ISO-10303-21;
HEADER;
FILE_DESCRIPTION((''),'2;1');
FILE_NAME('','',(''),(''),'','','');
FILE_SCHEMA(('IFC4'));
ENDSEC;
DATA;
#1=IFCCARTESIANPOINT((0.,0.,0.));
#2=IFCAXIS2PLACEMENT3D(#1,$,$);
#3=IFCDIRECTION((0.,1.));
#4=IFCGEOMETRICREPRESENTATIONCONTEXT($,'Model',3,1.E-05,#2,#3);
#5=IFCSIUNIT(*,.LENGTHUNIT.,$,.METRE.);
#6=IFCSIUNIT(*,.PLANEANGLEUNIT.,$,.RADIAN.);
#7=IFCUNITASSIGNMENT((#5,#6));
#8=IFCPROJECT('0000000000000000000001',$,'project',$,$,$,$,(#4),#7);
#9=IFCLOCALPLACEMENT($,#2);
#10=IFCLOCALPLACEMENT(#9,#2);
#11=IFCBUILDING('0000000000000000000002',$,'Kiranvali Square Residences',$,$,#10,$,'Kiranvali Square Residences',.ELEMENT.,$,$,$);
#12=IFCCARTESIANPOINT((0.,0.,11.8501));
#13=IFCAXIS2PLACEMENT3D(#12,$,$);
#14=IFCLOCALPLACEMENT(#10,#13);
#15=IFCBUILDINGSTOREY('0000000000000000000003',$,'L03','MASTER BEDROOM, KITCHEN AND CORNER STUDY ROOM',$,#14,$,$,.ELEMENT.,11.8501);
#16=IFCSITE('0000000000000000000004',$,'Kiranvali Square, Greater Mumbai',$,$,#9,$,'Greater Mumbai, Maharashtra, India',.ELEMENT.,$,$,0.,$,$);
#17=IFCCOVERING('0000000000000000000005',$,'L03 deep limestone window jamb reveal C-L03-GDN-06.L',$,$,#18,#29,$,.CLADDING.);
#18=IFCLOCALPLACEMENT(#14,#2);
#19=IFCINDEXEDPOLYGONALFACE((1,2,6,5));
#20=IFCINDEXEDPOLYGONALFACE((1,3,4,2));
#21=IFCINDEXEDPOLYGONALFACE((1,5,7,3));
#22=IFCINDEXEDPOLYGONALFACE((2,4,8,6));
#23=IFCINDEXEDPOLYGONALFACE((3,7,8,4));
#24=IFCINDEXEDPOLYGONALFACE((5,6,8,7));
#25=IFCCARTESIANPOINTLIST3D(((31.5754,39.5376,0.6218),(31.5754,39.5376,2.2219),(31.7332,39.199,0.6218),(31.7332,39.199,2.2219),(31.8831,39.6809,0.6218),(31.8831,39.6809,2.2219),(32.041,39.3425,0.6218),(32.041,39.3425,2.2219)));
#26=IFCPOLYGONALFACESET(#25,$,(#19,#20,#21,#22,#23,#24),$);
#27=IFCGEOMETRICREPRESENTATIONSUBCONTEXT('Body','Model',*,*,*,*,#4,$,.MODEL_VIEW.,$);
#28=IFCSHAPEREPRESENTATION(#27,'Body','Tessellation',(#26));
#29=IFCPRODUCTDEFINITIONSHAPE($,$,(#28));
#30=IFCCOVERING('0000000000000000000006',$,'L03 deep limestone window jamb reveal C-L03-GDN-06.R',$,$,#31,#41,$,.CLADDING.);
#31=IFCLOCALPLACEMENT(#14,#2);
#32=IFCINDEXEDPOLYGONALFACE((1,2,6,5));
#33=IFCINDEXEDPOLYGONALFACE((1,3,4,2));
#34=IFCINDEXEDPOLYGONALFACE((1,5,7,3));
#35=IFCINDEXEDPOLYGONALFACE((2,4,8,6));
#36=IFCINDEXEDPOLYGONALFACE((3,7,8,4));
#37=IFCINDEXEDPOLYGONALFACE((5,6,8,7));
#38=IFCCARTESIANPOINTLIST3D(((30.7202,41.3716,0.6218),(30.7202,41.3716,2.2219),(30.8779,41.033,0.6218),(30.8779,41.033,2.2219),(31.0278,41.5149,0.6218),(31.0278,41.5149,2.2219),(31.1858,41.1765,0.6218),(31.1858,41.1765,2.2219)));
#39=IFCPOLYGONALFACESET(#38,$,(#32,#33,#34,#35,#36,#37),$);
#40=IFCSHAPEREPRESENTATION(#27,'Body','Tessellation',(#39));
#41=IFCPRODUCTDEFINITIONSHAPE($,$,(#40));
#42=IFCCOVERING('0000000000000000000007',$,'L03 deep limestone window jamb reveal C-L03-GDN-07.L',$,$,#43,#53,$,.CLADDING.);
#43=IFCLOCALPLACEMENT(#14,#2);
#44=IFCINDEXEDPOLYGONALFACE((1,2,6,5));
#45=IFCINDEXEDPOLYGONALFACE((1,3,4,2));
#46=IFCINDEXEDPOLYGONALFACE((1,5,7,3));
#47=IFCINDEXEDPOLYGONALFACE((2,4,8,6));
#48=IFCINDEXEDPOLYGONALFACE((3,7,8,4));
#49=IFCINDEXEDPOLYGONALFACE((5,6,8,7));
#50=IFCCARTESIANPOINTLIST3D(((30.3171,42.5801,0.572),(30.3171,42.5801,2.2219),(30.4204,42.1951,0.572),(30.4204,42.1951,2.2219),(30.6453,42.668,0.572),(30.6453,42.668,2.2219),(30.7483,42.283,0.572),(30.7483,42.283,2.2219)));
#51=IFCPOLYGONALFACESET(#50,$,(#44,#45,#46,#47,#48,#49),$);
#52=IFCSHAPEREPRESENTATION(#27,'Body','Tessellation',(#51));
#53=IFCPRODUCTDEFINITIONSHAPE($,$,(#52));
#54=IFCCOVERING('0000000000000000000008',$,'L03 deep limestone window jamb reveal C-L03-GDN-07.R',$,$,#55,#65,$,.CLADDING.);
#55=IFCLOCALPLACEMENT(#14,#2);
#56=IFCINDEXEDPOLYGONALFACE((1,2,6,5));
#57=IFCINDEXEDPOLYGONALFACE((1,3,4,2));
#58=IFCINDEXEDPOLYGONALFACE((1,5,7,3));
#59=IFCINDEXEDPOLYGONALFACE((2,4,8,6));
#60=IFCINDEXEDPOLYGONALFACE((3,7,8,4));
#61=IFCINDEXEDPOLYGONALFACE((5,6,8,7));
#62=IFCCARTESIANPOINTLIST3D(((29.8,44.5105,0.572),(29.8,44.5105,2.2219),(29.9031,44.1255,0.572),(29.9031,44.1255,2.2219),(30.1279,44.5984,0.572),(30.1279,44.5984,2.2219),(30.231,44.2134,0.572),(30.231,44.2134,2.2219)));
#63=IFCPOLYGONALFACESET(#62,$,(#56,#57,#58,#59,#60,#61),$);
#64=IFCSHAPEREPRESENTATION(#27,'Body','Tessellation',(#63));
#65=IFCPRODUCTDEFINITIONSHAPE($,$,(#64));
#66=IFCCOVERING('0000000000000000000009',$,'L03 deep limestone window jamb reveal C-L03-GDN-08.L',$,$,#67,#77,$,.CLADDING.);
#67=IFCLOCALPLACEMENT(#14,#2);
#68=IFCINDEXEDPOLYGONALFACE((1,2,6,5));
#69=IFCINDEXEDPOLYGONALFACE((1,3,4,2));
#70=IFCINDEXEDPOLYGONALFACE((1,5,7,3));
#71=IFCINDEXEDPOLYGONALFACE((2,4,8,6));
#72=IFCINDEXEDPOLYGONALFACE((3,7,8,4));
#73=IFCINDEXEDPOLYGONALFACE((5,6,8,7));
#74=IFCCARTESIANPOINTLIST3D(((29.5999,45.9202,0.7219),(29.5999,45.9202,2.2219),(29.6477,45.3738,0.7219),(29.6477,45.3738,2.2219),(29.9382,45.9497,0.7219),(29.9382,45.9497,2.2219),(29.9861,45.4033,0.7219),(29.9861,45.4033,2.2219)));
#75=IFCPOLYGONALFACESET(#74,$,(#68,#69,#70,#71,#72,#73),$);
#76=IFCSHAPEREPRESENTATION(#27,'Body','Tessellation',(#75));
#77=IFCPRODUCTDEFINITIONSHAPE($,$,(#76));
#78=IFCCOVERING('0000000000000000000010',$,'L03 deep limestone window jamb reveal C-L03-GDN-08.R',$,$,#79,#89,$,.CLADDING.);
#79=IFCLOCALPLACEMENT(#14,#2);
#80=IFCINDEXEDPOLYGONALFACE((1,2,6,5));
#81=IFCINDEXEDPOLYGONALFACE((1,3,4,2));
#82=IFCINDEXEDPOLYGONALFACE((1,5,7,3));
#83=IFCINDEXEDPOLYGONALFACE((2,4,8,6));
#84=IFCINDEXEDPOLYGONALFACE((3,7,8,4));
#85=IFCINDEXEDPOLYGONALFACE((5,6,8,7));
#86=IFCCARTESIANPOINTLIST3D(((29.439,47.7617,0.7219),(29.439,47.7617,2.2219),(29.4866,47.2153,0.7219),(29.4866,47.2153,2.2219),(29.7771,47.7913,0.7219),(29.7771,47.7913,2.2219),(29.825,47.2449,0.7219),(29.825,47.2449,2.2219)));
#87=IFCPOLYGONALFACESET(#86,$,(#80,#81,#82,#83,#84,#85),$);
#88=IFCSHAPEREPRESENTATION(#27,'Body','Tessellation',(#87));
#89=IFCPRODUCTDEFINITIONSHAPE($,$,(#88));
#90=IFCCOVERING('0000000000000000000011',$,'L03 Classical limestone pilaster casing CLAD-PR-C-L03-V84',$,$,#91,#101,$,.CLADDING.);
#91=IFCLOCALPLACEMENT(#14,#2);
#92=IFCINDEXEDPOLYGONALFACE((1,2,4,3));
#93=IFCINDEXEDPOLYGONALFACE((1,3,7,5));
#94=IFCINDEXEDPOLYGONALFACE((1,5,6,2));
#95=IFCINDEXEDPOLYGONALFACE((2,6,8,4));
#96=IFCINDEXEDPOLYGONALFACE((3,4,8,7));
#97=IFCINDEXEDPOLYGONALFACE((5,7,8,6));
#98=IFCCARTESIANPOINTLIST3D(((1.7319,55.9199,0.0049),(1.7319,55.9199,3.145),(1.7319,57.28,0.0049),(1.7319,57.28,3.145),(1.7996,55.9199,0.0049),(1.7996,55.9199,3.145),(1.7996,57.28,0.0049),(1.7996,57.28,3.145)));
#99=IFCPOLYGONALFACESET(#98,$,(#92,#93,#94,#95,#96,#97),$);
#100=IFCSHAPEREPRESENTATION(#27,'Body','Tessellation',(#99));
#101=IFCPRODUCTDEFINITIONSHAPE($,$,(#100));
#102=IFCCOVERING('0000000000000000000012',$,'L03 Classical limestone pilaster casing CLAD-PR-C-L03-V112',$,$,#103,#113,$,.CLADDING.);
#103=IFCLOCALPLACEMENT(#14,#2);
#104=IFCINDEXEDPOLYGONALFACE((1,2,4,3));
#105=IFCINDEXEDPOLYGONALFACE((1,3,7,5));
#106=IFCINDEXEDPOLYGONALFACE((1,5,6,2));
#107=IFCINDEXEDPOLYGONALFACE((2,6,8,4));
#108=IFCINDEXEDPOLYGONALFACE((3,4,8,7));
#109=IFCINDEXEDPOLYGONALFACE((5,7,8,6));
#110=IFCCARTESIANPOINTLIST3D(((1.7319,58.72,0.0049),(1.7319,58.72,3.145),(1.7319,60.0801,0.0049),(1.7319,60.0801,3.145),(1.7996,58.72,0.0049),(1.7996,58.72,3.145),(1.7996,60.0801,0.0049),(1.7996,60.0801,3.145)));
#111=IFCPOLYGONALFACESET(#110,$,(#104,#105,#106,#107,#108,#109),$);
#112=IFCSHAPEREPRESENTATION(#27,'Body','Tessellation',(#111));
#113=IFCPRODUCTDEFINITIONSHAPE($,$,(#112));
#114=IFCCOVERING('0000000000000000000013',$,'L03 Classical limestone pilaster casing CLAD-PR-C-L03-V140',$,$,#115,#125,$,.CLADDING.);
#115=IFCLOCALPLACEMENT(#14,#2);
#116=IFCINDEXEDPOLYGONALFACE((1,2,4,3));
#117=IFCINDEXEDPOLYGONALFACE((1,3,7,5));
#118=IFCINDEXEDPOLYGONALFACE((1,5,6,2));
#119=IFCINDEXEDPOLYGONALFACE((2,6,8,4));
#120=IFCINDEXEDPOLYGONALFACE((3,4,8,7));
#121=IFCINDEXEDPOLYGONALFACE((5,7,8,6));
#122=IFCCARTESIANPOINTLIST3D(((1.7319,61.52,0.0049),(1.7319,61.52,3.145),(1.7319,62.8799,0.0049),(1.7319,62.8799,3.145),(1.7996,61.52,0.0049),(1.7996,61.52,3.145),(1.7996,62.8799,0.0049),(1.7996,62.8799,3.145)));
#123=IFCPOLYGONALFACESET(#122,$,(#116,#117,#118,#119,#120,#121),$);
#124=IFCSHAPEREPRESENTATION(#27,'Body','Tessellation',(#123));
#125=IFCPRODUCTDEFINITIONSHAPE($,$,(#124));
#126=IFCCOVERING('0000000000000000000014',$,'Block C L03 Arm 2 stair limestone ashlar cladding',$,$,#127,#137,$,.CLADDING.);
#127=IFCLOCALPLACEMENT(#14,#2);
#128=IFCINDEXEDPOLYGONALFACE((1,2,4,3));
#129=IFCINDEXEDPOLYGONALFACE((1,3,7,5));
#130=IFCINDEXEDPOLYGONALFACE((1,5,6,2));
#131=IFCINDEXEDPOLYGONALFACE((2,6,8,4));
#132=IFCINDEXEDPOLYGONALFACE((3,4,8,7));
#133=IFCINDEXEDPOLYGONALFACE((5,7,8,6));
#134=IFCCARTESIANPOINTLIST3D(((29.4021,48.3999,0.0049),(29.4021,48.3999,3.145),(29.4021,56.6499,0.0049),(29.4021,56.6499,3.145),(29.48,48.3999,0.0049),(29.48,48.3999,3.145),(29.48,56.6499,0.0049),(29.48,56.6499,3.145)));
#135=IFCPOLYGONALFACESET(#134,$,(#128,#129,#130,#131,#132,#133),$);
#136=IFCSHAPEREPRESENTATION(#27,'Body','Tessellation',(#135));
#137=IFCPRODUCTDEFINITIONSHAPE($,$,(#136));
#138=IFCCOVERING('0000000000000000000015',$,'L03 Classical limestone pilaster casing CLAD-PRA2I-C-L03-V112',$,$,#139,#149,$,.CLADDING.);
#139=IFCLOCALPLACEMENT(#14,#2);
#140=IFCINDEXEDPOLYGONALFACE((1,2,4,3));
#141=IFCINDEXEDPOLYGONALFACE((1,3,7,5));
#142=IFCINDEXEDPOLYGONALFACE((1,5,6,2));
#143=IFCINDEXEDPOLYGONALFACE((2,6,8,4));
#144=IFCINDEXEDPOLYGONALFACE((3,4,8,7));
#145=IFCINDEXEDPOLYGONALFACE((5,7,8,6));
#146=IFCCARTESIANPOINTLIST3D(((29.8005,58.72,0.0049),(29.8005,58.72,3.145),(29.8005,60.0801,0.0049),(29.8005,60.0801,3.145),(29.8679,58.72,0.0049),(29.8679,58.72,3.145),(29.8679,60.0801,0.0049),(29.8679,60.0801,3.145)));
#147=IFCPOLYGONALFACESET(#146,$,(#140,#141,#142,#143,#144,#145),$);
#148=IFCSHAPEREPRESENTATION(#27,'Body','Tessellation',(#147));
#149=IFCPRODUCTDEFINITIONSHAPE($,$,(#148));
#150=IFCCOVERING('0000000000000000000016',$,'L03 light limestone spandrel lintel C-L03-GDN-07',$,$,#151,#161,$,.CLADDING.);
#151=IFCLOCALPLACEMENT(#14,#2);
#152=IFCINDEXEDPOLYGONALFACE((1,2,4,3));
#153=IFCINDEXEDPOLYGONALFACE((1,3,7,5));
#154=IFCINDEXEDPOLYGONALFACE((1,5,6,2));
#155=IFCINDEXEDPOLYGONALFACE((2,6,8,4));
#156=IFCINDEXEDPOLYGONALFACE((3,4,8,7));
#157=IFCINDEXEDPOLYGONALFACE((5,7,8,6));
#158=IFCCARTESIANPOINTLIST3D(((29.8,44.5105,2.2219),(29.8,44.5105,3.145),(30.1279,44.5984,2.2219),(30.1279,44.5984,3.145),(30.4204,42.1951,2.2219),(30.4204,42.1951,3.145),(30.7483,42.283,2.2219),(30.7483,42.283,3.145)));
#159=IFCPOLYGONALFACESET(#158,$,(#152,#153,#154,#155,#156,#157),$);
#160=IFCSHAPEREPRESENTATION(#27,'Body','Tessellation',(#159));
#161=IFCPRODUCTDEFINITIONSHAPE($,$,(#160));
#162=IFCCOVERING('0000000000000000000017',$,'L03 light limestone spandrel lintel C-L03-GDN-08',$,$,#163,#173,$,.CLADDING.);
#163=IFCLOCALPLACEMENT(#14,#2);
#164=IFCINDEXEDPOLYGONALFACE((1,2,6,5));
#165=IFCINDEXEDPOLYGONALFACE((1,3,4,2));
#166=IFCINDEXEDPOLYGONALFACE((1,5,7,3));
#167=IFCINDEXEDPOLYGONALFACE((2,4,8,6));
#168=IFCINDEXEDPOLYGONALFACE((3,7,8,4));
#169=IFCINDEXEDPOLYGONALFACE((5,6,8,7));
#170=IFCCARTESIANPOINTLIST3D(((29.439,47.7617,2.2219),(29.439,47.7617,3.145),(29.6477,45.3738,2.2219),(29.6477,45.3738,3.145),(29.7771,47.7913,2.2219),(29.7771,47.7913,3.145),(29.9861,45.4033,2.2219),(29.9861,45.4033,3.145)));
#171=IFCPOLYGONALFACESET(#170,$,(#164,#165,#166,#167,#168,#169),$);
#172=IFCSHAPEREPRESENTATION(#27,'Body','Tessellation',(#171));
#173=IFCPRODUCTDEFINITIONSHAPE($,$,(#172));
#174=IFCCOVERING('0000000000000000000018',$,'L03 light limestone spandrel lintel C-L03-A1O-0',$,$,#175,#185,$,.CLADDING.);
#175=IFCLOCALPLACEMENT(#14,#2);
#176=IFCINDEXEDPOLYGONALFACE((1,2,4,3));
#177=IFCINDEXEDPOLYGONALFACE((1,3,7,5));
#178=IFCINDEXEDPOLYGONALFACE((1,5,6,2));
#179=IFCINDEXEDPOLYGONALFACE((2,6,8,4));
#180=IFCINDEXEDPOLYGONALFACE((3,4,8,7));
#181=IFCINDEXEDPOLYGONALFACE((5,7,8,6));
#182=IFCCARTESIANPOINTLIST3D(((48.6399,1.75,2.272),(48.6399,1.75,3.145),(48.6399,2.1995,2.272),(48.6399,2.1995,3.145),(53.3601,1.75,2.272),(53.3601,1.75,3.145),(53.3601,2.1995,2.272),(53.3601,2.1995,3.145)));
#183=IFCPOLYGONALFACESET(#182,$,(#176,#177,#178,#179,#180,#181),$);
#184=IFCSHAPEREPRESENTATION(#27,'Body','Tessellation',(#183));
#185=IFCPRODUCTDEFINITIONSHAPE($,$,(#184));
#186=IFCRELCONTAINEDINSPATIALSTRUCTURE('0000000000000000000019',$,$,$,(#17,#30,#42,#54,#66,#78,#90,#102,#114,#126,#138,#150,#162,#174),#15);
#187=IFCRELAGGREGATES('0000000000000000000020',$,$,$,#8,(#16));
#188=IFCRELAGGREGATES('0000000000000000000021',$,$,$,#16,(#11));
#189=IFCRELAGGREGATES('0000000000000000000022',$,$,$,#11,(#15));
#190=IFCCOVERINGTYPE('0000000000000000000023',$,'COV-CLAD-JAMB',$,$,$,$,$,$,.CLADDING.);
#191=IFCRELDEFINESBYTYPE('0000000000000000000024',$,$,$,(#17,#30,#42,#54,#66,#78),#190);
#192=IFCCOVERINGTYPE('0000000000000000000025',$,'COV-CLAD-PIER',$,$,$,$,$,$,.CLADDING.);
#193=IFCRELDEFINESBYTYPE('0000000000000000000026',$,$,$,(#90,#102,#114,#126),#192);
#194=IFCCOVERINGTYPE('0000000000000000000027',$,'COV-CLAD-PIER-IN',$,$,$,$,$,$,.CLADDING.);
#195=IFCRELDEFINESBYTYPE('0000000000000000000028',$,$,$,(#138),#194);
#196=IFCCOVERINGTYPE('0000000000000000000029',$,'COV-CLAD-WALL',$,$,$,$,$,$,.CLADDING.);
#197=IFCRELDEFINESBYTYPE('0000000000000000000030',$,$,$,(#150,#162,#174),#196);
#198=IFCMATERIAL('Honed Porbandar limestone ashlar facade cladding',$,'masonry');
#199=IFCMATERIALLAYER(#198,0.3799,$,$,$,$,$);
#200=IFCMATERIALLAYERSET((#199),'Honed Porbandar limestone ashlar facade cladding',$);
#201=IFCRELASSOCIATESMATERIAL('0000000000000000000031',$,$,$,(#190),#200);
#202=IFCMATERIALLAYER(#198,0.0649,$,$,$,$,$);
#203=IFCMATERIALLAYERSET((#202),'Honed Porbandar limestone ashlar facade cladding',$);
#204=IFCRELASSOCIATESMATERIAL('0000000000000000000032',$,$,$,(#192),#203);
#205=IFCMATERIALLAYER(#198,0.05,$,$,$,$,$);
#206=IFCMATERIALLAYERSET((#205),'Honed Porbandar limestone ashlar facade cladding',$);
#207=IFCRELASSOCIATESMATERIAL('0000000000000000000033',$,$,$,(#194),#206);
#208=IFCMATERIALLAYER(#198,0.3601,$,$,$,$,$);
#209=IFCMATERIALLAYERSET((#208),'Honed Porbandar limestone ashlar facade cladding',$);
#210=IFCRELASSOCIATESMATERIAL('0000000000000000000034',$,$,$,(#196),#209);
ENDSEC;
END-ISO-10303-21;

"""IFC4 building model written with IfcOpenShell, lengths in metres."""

from ifc_helpers import new_model, si_unit, direction, frame, origin, place, context, subcontext, project, spatial, polyline, outline, extrude, material, layer, layer_set, type_object, element, save


model = new_model("IFC4")

# Units and contexts
model_context = context("Model", 3, precision=1e-05, world=origin(), true_north=direction((0.0, 1.0)))
body_context = subcontext(model_context, "Body", "Model", "MODEL_VIEW")
ifc_project = project(units=[si_unit("LENGTHUNIT", "METRE"), si_unit("PLANEANGLEUNIT", "RADIAN")], contexts=[model_context])

# Site, building, storey
site_placement = place(None, origin())
site = spatial("IfcSite", under=ifc_project, at=site_placement, Name="Kiranvali Square, Greater Mumbai", LongName="Greater Mumbai, Maharashtra, India", CompositionType="ELEMENT", RefElevation=0.0)
building_placement = place(site_placement, origin())
building = spatial("IfcBuilding", under=site, at=building_placement, Name="Kiranvali Square Residences", LongName="Kiranvali Square Residences", CompositionType="ELEMENT")
storey_placement = place(building_placement, frame((0.0, 0.0, 11.8501)))
storey = spatial("IfcBuildingStorey", under=building, at=storey_placement, Name="L03", Description="MASTER BEDROOM, KITCHEN AND CORNER STUDY ROOM", CompositionType="ELEMENT", Elevation=11.8501)

# Coverings
ifc_material = material(Name="Honed Porbandar limestone ashlar facade cladding", Category="masonry")
ifc_layer_1 = layer(ifc_material, 0.3799)
ifc_layer_set_1 = layer_set([ifc_layer_1], Name="Honed Porbandar limestone ashlar facade cladding")
covering_type_1 = type_object("IfcCoveringType", Name="COV-CLAD-JAMB", PredefinedType="CLADDING", material=ifc_layer_set_1)
covering_1_placement = place(storey_placement, frame((0.0, 0.0, 0.6218)))
element("IfcCovering", 1, at=covering_1_placement, inside=storey, type_object=covering_type_1, Name="L03 deep limestone window jamb reveal C-L03-GDN-06.L", PredefinedType="CLADDING", context=body_context, shape_type="SweptSolid", body=[
    extrude(outline(polyline([(32.041, 39.3425), (31.8831, 39.6809), (31.5754, 39.5376), (31.7332, 39.199), (32.041, 39.3425)])), origin(), (0.0, 0.0, 1.0), 1.6001),
])
covering_2_placement = place(storey_placement, frame((0.0, 0.0, 0.6218)))
element("IfcCovering", 2, at=covering_2_placement, inside=storey, type_object=covering_type_1, Name="L03 deep limestone window jamb reveal C-L03-GDN-06.R", PredefinedType="CLADDING", context=body_context, shape_type="SweptSolid", body=[
    extrude(outline(polyline([(31.1858, 41.1765), (31.0278, 41.5149), (30.7202, 41.3716), (30.8779, 41.033), (31.1858, 41.1765)])), origin(), (0.0, 0.0, 1.0), 1.6001),
])
covering_3_placement = place(storey_placement, frame((0.0, 0.0, 0.572)))
element("IfcCovering", 3, at=covering_3_placement, inside=storey, type_object=covering_type_1, Name="L03 deep limestone window jamb reveal C-L03-GDN-07.L", PredefinedType="CLADDING", context=body_context, shape_type="SweptSolid", body=[
    extrude(outline(polyline([(30.7483, 42.283), (30.6453, 42.668), (30.3171, 42.5801), (30.4204, 42.1951), (30.7483, 42.283)])), origin(), (0.0, 0.0, 1.0), 1.6499),
])
covering_4_placement = place(storey_placement, frame((0.0, 0.0, 0.572)))
element("IfcCovering", 4, at=covering_4_placement, inside=storey, type_object=covering_type_1, Name="L03 deep limestone window jamb reveal C-L03-GDN-07.R", PredefinedType="CLADDING", context=body_context, shape_type="SweptSolid", body=[
    extrude(outline(polyline([(30.231, 44.2134), (30.1279, 44.5984), (29.8, 44.5105), (29.9031, 44.1255), (30.231, 44.2134)])), origin(), (0.0, 0.0, 1.0), 1.6499),
])
covering_5_placement = place(storey_placement, frame((0.0, 0.0, 0.7219)))
element("IfcCovering", 5, at=covering_5_placement, inside=storey, type_object=covering_type_1, Name="L03 deep limestone window jamb reveal C-L03-GDN-08.L", PredefinedType="CLADDING", context=body_context, shape_type="SweptSolid", body=[
    extrude(outline(polyline([(29.9861, 45.4033), (29.9382, 45.9497), (29.5999, 45.9202), (29.6477, 45.3738), (29.9861, 45.4033)])), origin(), (0.0, 0.0, 1.0), 1.5),
])
covering_6_placement = place(storey_placement, frame((0.0, 0.0, 0.7219)))
element("IfcCovering", 6, at=covering_6_placement, inside=storey, type_object=covering_type_1, Name="L03 deep limestone window jamb reveal C-L03-GDN-08.R", PredefinedType="CLADDING", context=body_context, shape_type="SweptSolid", body=[
    extrude(outline(polyline([(29.825, 47.2449), (29.7771, 47.7913), (29.439, 47.7617), (29.4866, 47.2153), (29.825, 47.2449)])), origin(), (0.0, 0.0, 1.0), 1.5),
])
ifc_layer_2 = layer(ifc_material, 0.0649)
ifc_layer_set_2 = layer_set([ifc_layer_2], Name="Honed Porbandar limestone ashlar facade cladding")
covering_type_2 = type_object("IfcCoveringType", Name="COV-CLAD-PIER", PredefinedType="CLADDING", material=ifc_layer_set_2)
covering_7_placement = place(storey_placement, frame((0.0, 0.0, 0.0049)))
element("IfcCovering", 7, at=covering_7_placement, inside=storey, type_object=covering_type_2, Name="L03 Classical limestone pilaster casing CLAD-PR-C-L03-V84", PredefinedType="CLADDING", context=body_context, shape_type="SweptSolid", body=[
    extrude(outline(polyline([(1.7996, 55.9199), (1.7996, 57.28), (1.7319, 57.28), (1.7319, 55.9199), (1.7996, 55.9199)])), origin(), (0.0, 0.0, 1.0), 3.1401),
])
covering_8_placement = place(storey_placement, frame((0.0, 0.0, 0.0049)))
element("IfcCovering", 8, at=covering_8_placement, inside=storey, type_object=covering_type_2, Name="L03 Classical limestone pilaster casing CLAD-PR-C-L03-V112", PredefinedType="CLADDING", context=body_context, shape_type="SweptSolid", body=[
    extrude(outline(polyline([(1.7996, 58.72), (1.7996, 60.0801), (1.7319, 60.0801), (1.7319, 58.72), (1.7996, 58.72)])), origin(), (0.0, 0.0, 1.0), 3.1401),
])
covering_9_placement = place(storey_placement, frame((0.0, 0.0, 0.0049)))
element("IfcCovering", 9, at=covering_9_placement, inside=storey, type_object=covering_type_2, Name="L03 Classical limestone pilaster casing CLAD-PR-C-L03-V140", PredefinedType="CLADDING", context=body_context, shape_type="SweptSolid", body=[
    extrude(outline(polyline([(1.7996, 61.52), (1.7996, 62.8799), (1.7319, 62.8799), (1.7319, 61.52), (1.7996, 61.52)])), origin(), (0.0, 0.0, 1.0), 3.1401),
])
covering_10_placement = place(storey_placement, frame((0.0, 0.0, 0.0049)))
element("IfcCovering", 10, at=covering_10_placement, inside=storey, type_object=covering_type_2, Name="Block C L03 Arm 2 stair limestone ashlar cladding", PredefinedType="CLADDING", context=body_context, shape_type="SweptSolid", body=[
    extrude(outline(polyline([(29.48, 48.3999), (29.48, 56.6499), (29.4021, 56.6499), (29.4021, 48.3999), (29.48, 48.3999)])), origin(), (0.0, 0.0, 1.0), 3.1401),
])
ifc_layer_3 = layer(ifc_material, 0.05)
ifc_layer_set_3 = layer_set([ifc_layer_3], Name="Honed Porbandar limestone ashlar facade cladding")
covering_type_3 = type_object("IfcCoveringType", Name="COV-CLAD-PIER-IN", PredefinedType="CLADDING", material=ifc_layer_set_3)
covering_11_placement = place(storey_placement, frame((0.0, 0.0, 0.0049)))
element("IfcCovering", 11, at=covering_11_placement, inside=storey, type_object=covering_type_3, Name="L03 Classical limestone pilaster casing CLAD-PRA2I-C-L03-V112", PredefinedType="CLADDING", context=body_context, shape_type="SweptSolid", body=[
    extrude(outline(polyline([(29.8679, 58.72), (29.8679, 60.0801), (29.8005, 60.0801), (29.8005, 58.72), (29.8679, 58.72)])), origin(), (0.0, 0.0, 1.0), 3.1401),
])
ifc_layer_4 = layer(ifc_material, 0.3601)
ifc_layer_set_4 = layer_set([ifc_layer_4], Name="Honed Porbandar limestone ashlar facade cladding")
covering_type_4 = type_object("IfcCoveringType", Name="COV-CLAD-WALL", PredefinedType="CLADDING", material=ifc_layer_set_4)
covering_12_placement = place(storey_placement, frame((0.0, 0.0, 2.2219)))
element("IfcCovering", 12, at=covering_12_placement, inside=storey, type_object=covering_type_4, Name="L03 light limestone spandrel lintel C-L03-GDN-07", PredefinedType="CLADDING", context=body_context, shape_type="SweptSolid", body=[
    extrude(outline(polyline([(30.7483, 42.283), (30.1279, 44.5984), (29.8, 44.5105), (30.4204, 42.1951), (30.7483, 42.283)])), origin(), (0.0, 0.0, 1.0), 0.9231),
])
covering_13_placement = place(storey_placement, frame((0.0, 0.0, 2.2219)))
element("IfcCovering", 13, at=covering_13_placement, inside=storey, type_object=covering_type_4, Name="L03 light limestone spandrel lintel C-L03-GDN-08", PredefinedType="CLADDING", context=body_context, shape_type="SweptSolid", body=[
    extrude(outline(polyline([(29.9861, 45.4033), (29.7771, 47.7913), (29.439, 47.7617), (29.6477, 45.3738), (29.9861, 45.4033)])), origin(), (0.0, 0.0, 1.0), 0.9231),
])
covering_14_placement = place(storey_placement, frame((0.0, 0.0, 2.272)))
element("IfcCovering", 14, at=covering_14_placement, inside=storey, type_object=covering_type_4, Name="L03 light limestone spandrel lintel C-L03-A1O-0", PredefinedType="CLADDING", context=body_context, shape_type="SweptSolid", body=[
    extrude(outline(polyline([(48.6399, 1.75), (53.3601, 1.75), (53.3601, 2.1995), (48.6399, 2.1995), (48.6399, 1.75)])), origin(), (0.0, 0.0, 1.0), 0.873),
])

save(model, "model.ifc")
